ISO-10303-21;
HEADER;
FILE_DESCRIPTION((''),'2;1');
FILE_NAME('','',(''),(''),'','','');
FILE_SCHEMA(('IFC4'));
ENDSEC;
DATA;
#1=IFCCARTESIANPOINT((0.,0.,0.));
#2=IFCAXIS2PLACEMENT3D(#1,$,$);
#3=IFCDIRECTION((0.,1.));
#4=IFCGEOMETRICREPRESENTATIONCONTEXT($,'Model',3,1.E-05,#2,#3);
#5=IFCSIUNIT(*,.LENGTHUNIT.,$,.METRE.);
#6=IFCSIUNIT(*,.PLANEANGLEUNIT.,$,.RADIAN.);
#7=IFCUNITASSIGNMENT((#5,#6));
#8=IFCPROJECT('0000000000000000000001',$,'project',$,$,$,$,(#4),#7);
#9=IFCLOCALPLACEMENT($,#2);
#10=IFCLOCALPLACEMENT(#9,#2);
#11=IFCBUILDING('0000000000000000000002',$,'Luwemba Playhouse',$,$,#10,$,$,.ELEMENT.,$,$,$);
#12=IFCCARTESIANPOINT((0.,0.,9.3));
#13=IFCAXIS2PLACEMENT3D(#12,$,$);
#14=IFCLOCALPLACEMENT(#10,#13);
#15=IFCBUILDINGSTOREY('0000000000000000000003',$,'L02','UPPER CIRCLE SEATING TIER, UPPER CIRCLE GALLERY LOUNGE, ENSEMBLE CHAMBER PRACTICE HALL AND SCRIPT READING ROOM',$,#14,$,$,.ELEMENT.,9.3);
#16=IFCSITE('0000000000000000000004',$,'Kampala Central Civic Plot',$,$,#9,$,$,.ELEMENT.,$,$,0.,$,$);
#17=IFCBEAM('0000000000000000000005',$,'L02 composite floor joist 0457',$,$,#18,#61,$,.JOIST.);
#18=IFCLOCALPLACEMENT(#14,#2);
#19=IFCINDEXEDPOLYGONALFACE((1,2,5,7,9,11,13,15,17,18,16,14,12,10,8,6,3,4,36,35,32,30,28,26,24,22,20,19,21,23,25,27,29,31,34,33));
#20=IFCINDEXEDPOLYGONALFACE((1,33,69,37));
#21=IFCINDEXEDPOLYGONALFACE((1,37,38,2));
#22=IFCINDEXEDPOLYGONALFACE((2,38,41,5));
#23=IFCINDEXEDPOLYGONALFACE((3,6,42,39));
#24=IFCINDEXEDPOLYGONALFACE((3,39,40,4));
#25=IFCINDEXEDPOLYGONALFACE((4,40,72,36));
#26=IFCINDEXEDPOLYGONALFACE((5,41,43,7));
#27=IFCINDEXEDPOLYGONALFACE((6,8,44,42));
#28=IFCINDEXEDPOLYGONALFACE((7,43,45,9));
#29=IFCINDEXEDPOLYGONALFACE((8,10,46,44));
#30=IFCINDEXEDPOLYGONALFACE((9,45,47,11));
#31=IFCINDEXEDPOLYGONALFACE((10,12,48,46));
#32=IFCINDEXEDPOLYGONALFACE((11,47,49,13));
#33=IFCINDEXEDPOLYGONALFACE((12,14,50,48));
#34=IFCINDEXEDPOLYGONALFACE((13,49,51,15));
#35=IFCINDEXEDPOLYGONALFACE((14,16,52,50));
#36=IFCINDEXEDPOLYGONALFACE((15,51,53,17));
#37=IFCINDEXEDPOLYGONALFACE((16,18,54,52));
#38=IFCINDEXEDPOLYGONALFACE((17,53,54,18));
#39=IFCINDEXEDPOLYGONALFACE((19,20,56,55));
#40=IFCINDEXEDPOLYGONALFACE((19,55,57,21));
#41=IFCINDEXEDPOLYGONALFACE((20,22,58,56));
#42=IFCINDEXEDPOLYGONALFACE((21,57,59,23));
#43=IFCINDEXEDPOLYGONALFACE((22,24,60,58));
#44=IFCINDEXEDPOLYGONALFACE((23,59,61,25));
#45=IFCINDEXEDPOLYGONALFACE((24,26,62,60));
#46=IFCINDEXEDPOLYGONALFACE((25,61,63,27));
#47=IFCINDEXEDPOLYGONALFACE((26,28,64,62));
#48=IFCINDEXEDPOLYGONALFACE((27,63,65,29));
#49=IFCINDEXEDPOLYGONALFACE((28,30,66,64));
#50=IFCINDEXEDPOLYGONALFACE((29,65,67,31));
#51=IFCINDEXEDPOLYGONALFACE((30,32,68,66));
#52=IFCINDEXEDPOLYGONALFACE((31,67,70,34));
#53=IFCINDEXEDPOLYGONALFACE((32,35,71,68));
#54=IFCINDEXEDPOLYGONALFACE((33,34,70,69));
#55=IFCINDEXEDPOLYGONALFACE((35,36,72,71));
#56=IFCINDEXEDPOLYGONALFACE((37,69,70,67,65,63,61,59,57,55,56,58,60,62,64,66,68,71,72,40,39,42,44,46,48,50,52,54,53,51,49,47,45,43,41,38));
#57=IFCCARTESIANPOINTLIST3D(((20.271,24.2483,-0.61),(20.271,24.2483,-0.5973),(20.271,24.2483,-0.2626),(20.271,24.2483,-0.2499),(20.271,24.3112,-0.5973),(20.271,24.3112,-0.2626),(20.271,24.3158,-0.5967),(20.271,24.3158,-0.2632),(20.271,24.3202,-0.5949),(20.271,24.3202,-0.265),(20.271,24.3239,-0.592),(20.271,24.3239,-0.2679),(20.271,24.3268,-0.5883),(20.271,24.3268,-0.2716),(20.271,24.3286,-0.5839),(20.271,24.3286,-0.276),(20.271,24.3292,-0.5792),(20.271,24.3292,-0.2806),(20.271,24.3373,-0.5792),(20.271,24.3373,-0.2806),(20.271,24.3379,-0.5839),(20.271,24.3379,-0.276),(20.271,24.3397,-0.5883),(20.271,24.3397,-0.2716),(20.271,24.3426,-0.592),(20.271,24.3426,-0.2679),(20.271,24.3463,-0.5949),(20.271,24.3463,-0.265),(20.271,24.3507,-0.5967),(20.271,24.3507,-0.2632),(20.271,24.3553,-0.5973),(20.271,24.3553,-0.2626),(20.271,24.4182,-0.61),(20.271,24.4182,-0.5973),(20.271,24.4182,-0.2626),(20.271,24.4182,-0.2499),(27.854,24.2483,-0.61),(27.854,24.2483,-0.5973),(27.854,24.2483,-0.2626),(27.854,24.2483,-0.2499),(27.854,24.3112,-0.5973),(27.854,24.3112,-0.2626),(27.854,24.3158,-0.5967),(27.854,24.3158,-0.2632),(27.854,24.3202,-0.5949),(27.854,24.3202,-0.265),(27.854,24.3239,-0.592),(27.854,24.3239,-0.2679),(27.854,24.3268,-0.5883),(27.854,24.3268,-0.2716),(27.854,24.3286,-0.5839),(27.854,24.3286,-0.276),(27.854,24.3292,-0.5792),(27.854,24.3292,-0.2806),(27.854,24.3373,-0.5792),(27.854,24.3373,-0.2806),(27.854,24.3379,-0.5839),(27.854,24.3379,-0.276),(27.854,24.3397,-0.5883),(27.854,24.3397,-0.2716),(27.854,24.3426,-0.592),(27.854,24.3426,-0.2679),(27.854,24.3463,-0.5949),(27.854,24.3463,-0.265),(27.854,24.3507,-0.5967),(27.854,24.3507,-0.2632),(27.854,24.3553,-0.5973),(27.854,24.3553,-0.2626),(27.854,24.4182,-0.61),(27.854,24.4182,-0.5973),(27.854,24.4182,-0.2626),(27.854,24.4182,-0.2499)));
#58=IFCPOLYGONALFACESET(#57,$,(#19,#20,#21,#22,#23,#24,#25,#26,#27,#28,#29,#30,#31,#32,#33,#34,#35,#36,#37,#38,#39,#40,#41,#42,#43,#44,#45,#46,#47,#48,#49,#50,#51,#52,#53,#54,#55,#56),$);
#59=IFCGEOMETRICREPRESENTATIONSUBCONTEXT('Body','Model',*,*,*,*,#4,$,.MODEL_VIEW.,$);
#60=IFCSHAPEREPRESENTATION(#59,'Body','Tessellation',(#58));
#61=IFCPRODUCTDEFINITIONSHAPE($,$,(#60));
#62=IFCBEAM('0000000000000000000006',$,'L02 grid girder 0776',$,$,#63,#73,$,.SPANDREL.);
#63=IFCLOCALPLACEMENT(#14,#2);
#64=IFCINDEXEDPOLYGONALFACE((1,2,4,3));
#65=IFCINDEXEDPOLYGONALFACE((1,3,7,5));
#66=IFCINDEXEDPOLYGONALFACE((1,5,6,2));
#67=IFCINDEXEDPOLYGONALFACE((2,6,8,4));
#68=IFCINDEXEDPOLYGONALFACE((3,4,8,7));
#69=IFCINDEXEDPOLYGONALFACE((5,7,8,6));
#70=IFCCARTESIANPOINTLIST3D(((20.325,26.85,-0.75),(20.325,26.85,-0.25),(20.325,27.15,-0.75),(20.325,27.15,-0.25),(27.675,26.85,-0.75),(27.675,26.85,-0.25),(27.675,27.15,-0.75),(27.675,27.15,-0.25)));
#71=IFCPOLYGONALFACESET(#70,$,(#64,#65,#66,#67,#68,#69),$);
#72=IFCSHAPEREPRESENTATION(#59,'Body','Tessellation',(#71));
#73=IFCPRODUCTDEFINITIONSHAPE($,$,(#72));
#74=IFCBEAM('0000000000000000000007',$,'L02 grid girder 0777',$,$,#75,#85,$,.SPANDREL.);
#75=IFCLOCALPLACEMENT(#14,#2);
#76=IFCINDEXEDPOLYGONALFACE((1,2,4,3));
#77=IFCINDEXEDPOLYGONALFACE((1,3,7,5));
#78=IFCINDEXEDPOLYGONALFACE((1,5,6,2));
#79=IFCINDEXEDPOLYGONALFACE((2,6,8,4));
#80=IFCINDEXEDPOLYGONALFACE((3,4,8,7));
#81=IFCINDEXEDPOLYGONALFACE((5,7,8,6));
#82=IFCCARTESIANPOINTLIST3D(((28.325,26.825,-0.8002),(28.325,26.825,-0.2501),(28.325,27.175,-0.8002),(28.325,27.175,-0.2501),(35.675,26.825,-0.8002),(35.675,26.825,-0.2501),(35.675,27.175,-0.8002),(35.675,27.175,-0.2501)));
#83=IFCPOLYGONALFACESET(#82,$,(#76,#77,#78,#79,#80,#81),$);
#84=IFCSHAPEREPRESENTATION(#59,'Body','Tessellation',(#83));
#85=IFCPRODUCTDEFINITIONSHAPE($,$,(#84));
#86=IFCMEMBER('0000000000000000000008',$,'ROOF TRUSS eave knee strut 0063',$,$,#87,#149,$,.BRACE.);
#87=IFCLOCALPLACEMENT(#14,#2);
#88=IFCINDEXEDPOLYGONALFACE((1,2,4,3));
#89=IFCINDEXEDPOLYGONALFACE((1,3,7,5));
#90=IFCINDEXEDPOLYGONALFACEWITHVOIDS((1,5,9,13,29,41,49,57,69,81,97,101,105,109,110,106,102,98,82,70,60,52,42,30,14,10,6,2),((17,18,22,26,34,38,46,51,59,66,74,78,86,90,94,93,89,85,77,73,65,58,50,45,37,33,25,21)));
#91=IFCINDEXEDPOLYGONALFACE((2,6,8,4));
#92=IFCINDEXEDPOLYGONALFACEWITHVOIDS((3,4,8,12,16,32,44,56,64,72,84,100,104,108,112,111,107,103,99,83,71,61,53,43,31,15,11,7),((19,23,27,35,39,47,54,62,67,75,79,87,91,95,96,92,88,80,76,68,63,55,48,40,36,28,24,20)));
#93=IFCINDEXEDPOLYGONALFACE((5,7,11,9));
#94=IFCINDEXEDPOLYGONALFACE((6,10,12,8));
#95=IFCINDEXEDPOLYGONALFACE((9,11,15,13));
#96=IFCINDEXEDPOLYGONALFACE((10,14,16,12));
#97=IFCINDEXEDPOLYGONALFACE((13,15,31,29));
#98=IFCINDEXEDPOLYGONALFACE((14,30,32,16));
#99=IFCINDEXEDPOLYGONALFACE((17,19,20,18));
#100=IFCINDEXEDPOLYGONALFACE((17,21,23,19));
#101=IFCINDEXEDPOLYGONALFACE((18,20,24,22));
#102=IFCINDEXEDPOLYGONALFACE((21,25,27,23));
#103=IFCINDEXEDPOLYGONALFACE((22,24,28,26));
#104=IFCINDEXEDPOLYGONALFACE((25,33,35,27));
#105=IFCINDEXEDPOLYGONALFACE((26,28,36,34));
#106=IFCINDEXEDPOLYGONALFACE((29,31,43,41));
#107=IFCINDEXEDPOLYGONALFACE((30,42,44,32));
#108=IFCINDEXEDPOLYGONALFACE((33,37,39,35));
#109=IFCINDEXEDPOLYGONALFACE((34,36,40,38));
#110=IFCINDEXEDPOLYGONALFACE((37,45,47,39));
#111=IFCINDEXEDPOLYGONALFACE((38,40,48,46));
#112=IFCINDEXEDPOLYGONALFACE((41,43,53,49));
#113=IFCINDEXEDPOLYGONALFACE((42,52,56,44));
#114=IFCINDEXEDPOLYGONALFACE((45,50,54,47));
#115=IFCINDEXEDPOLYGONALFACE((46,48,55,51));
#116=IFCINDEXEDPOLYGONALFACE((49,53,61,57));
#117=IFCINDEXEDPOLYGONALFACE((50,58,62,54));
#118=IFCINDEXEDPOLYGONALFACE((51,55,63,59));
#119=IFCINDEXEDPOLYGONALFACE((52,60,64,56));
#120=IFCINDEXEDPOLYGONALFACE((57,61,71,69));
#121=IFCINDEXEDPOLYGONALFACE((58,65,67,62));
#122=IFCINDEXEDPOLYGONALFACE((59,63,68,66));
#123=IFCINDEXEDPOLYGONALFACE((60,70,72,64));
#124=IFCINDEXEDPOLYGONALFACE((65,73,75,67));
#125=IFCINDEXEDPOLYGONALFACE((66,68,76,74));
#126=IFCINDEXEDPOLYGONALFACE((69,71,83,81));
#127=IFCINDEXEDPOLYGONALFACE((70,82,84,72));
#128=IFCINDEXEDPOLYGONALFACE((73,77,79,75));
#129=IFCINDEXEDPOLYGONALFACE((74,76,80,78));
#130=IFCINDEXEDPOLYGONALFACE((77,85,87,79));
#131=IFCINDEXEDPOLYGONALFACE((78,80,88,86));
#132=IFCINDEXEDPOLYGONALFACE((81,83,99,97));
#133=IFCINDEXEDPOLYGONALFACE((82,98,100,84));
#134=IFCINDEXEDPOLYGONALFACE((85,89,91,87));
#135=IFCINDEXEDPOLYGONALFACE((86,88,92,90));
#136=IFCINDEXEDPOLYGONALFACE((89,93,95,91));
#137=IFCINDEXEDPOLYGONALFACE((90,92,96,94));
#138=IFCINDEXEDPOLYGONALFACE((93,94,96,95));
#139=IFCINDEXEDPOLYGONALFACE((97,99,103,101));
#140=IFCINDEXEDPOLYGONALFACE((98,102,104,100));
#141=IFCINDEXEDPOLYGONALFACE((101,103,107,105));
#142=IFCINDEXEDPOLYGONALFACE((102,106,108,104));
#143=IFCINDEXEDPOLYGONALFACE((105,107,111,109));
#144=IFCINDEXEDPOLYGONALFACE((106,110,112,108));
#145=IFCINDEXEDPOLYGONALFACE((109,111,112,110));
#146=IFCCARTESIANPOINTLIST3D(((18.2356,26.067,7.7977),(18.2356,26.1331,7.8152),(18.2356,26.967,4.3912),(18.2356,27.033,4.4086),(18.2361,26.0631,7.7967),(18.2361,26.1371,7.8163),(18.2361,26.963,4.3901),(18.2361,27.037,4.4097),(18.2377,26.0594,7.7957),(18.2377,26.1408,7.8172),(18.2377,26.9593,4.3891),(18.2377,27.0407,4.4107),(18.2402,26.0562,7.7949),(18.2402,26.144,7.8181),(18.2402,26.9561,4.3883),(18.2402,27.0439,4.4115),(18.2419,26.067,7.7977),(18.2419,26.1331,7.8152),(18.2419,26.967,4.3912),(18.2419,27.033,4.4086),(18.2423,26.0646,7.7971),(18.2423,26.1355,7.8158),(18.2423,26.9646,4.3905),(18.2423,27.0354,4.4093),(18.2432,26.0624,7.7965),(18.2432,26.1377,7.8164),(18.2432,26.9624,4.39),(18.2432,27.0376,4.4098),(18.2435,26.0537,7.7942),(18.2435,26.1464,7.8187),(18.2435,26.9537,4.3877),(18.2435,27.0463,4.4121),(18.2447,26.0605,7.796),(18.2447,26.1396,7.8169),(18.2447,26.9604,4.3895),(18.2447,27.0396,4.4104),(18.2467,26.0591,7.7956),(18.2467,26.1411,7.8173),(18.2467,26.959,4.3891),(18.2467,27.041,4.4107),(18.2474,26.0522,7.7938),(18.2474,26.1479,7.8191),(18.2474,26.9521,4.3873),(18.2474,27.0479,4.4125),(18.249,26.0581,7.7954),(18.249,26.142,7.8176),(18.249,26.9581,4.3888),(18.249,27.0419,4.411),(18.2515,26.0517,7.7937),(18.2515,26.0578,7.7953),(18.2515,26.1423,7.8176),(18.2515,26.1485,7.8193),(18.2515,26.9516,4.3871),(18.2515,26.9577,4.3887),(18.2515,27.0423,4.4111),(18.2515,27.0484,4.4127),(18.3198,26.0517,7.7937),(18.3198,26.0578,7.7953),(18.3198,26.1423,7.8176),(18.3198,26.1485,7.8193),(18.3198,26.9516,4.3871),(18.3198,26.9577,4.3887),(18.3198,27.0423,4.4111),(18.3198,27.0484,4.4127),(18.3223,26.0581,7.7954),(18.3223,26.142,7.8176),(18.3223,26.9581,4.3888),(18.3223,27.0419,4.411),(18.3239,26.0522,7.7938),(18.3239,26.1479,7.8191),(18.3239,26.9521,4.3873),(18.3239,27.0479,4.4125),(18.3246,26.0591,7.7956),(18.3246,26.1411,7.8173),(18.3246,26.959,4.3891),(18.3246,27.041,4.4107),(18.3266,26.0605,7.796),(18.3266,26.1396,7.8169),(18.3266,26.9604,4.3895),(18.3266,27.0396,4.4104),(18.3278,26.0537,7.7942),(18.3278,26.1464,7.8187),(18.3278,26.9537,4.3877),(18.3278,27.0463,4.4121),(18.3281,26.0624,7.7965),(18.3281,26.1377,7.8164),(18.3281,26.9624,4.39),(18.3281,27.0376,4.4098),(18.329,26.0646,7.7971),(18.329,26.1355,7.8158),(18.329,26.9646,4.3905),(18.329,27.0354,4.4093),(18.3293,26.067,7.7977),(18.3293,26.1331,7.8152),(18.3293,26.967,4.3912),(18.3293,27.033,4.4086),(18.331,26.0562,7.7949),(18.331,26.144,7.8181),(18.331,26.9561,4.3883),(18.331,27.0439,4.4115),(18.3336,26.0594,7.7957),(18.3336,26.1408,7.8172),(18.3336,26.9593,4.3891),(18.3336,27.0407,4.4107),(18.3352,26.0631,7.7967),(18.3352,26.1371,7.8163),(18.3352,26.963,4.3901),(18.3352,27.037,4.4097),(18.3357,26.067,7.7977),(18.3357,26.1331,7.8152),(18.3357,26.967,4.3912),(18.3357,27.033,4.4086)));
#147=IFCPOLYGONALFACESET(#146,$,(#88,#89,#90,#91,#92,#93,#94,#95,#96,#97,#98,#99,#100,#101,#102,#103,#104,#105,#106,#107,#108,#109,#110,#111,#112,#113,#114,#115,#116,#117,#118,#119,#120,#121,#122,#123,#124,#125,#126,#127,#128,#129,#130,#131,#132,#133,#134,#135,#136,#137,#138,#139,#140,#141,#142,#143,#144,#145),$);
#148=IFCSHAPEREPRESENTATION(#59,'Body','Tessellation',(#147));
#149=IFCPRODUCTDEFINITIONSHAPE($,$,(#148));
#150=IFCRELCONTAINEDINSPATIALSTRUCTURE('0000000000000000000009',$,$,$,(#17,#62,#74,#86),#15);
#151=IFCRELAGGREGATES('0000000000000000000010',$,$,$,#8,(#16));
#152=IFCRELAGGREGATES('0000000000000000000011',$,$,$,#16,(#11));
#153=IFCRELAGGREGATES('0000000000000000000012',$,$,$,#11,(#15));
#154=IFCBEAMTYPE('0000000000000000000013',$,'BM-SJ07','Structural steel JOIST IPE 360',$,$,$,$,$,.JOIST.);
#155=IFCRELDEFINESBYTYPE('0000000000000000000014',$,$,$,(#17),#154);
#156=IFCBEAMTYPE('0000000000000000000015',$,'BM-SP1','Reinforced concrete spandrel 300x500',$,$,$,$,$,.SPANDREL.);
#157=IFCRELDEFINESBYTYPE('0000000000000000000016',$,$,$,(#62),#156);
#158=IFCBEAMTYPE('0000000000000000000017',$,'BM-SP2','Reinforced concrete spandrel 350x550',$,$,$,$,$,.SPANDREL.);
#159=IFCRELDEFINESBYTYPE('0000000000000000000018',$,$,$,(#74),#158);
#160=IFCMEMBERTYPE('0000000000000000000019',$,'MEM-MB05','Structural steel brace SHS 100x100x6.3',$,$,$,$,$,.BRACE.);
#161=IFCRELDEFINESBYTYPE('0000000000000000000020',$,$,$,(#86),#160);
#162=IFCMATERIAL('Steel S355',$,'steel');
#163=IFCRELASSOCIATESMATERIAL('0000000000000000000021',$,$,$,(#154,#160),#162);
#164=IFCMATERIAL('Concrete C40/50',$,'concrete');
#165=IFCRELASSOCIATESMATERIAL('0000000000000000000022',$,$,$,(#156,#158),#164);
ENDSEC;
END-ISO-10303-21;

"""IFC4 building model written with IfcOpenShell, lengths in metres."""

from ifc_helpers import new_model, si_unit, direction, frame, origin, origin_2d, place, context, subcontext, project, spatial, rectangle, hollow_rectangle, i_section, extrude, material, material_profile, profile_set, type_object, element, save


model = new_model("IFC4")

# Units and contexts
model_context = context("Model", 3, precision=1e-05, world=origin(), true_north=direction((0.0, 1.0)))
body_context = subcontext(model_context, "Body", "Model", "MODEL_VIEW")
ifc_project = project(units=[si_unit("LENGTHUNIT", "METRE"), si_unit("PLANEANGLEUNIT", "RADIAN")], contexts=[model_context])

# Site, building, storey
site_placement = place(None, origin())
site = spatial("IfcSite", under=ifc_project, at=site_placement, Name="Kampala Central Civic Plot", CompositionType="ELEMENT", RefElevation=0.0)
building_placement = place(site_placement, origin())
building = spatial("IfcBuilding", under=site, at=building_placement, Name="Luwemba Playhouse", CompositionType="ELEMENT")
storey_placement = place(building_placement, frame((0.0, 0.0, 9.3)))
storey = spatial("IfcBuildingStorey", under=building, at=storey_placement, Name="L02", Description="UPPER CIRCLE SEATING TIER, UPPER CIRCLE GALLERY LOUNGE, ENSEMBLE CHAMBER PRACTICE HALL AND SCRIPT READING ROOM", CompositionType="ELEMENT", Elevation=9.3)

# Shared definitions
ifc_material_1 = material(Name="Concrete C40/50", Category="concrete")

# Beams
ifc_material_2 = material(Name="Steel S355", Category="steel")
ifc_material_profile_1 = material_profile(ifc_material_2, i_section(OverallWidth=0.1699, OverallDepth=0.3601, WebThickness=0.0081, FlangeThickness=0.0127, FilletRadius=0.0181, at=origin_2d()))
ifc_profile_set_1 = profile_set([ifc_material_profile_1], Name="Steel S355")
beam_type_1 = type_object("IfcBeamType", Name="BM-SJ07", Description="Structural steel JOIST IPE 360", PredefinedType="JOIST", material=ifc_profile_set_1)
beam_1_placement = place(storey_placement, frame((20.271, 24.3333, -0.4299), z_axis=(1.0, 0.0, 0.0), x_axis=(0.0, 1.0, 0.0)))
element("IfcBeam", 1, at=beam_1_placement, inside=storey, type_object=beam_type_1, Name="L02 composite floor joist 0457", PredefinedType="JOIST", context=body_context, shape_type="SweptSolid", body=[
    extrude(i_section(OverallWidth=0.1699, OverallDepth=0.3601, WebThickness=0.0081, FlangeThickness=0.0127, FilletRadius=0.0181, at=origin_2d()), origin(), (0.0, 0.0, 1.0), 7.583),
])
ifc_material_profile_2 = material_profile(ifc_material_1, rectangle(XDim=0.3, YDim=0.5, at=origin_2d()))
ifc_profile_set_2 = profile_set([ifc_material_profile_2], Name="Concrete C40/50")
beam_type_2 = type_object("IfcBeamType", Name="BM-SP1", Description="Reinforced concrete spandrel 300x500", PredefinedType="SPANDREL", material=ifc_profile_set_2)
beam_2_placement = place(storey_placement, frame((20.325, 27.0, -0.5), z_axis=(1.0, 0.0, 0.0), x_axis=(0.0, 1.0, 0.0)))
element("IfcBeam", 2, at=beam_2_placement, inside=storey, type_object=beam_type_2, Name="L02 grid girder 0776", PredefinedType="SPANDREL", context=body_context, shape_type="SweptSolid", body=[
    extrude(rectangle(XDim=0.3, YDim=0.5, at=origin_2d()), origin(), (0.0, 0.0, 1.0), 7.3501),
])
ifc_material_profile_3 = material_profile(ifc_material_1, rectangle(XDim=0.3501, YDim=0.55, at=origin_2d()))
ifc_profile_set_3 = profile_set([ifc_material_profile_3], Name="Concrete C40/50")
beam_type_3 = type_object("IfcBeamType", Name="BM-SP2", Description="Reinforced concrete spandrel 350x550", PredefinedType="SPANDREL", material=ifc_profile_set_3)
beam_3_placement = place(storey_placement, frame((28.325, 27.0, -0.5251), z_axis=(1.0, 0.0, 0.0), x_axis=(0.0, 1.0, 0.0)))
element("IfcBeam", 3, at=beam_3_placement, inside=storey, type_object=beam_type_3, Name="L02 grid girder 0777", PredefinedType="SPANDREL", context=body_context, shape_type="SweptSolid", body=[
    extrude(rectangle(XDim=0.3501, YDim=0.55, at=origin_2d()), origin(), (0.0, 0.0, 1.0), 7.3501),
])

# Member
ifc_material_profile_4 = material_profile(ifc_material_2, hollow_rectangle(XDim=0.1001, YDim=0.1001, WallThickness=0.0063, InnerFilletRadius=0.0095, OuterFilletRadius=0.0159, at=origin_2d()))
ifc_profile_set_4 = profile_set([ifc_material_profile_4], Name="Steel S355")
member_type_1 = type_object("IfcMemberType", Name="MEM-MB05", Description="Structural steel brace SHS 100x100x6.3", PredefinedType="BRACE", material=ifc_profile_set_4)
member_1_placement = place(storey_placement, frame((18.2856, 27.0, 4.3999), z_axis=(0.0, -0.255411, 0.966833), x_axis=(1.0, 0.0, 0.0)))
element("IfcMember", 4, at=member_1_placement, inside=storey, type_object=member_type_1, Name="ROOF TRUSS eave knee strut 0063", PredefinedType="BRACE", context=body_context, shape_type="SweptSolid", body=[
    extrude(hollow_rectangle(XDim=0.1001, YDim=0.1001, WallThickness=0.0063, InnerFilletRadius=0.0095, OuterFilletRadius=0.0159, at=origin_2d()), origin(), (0.0, 0.0, 1.0), 3.5234),
])

save(model, "model.ifc")
